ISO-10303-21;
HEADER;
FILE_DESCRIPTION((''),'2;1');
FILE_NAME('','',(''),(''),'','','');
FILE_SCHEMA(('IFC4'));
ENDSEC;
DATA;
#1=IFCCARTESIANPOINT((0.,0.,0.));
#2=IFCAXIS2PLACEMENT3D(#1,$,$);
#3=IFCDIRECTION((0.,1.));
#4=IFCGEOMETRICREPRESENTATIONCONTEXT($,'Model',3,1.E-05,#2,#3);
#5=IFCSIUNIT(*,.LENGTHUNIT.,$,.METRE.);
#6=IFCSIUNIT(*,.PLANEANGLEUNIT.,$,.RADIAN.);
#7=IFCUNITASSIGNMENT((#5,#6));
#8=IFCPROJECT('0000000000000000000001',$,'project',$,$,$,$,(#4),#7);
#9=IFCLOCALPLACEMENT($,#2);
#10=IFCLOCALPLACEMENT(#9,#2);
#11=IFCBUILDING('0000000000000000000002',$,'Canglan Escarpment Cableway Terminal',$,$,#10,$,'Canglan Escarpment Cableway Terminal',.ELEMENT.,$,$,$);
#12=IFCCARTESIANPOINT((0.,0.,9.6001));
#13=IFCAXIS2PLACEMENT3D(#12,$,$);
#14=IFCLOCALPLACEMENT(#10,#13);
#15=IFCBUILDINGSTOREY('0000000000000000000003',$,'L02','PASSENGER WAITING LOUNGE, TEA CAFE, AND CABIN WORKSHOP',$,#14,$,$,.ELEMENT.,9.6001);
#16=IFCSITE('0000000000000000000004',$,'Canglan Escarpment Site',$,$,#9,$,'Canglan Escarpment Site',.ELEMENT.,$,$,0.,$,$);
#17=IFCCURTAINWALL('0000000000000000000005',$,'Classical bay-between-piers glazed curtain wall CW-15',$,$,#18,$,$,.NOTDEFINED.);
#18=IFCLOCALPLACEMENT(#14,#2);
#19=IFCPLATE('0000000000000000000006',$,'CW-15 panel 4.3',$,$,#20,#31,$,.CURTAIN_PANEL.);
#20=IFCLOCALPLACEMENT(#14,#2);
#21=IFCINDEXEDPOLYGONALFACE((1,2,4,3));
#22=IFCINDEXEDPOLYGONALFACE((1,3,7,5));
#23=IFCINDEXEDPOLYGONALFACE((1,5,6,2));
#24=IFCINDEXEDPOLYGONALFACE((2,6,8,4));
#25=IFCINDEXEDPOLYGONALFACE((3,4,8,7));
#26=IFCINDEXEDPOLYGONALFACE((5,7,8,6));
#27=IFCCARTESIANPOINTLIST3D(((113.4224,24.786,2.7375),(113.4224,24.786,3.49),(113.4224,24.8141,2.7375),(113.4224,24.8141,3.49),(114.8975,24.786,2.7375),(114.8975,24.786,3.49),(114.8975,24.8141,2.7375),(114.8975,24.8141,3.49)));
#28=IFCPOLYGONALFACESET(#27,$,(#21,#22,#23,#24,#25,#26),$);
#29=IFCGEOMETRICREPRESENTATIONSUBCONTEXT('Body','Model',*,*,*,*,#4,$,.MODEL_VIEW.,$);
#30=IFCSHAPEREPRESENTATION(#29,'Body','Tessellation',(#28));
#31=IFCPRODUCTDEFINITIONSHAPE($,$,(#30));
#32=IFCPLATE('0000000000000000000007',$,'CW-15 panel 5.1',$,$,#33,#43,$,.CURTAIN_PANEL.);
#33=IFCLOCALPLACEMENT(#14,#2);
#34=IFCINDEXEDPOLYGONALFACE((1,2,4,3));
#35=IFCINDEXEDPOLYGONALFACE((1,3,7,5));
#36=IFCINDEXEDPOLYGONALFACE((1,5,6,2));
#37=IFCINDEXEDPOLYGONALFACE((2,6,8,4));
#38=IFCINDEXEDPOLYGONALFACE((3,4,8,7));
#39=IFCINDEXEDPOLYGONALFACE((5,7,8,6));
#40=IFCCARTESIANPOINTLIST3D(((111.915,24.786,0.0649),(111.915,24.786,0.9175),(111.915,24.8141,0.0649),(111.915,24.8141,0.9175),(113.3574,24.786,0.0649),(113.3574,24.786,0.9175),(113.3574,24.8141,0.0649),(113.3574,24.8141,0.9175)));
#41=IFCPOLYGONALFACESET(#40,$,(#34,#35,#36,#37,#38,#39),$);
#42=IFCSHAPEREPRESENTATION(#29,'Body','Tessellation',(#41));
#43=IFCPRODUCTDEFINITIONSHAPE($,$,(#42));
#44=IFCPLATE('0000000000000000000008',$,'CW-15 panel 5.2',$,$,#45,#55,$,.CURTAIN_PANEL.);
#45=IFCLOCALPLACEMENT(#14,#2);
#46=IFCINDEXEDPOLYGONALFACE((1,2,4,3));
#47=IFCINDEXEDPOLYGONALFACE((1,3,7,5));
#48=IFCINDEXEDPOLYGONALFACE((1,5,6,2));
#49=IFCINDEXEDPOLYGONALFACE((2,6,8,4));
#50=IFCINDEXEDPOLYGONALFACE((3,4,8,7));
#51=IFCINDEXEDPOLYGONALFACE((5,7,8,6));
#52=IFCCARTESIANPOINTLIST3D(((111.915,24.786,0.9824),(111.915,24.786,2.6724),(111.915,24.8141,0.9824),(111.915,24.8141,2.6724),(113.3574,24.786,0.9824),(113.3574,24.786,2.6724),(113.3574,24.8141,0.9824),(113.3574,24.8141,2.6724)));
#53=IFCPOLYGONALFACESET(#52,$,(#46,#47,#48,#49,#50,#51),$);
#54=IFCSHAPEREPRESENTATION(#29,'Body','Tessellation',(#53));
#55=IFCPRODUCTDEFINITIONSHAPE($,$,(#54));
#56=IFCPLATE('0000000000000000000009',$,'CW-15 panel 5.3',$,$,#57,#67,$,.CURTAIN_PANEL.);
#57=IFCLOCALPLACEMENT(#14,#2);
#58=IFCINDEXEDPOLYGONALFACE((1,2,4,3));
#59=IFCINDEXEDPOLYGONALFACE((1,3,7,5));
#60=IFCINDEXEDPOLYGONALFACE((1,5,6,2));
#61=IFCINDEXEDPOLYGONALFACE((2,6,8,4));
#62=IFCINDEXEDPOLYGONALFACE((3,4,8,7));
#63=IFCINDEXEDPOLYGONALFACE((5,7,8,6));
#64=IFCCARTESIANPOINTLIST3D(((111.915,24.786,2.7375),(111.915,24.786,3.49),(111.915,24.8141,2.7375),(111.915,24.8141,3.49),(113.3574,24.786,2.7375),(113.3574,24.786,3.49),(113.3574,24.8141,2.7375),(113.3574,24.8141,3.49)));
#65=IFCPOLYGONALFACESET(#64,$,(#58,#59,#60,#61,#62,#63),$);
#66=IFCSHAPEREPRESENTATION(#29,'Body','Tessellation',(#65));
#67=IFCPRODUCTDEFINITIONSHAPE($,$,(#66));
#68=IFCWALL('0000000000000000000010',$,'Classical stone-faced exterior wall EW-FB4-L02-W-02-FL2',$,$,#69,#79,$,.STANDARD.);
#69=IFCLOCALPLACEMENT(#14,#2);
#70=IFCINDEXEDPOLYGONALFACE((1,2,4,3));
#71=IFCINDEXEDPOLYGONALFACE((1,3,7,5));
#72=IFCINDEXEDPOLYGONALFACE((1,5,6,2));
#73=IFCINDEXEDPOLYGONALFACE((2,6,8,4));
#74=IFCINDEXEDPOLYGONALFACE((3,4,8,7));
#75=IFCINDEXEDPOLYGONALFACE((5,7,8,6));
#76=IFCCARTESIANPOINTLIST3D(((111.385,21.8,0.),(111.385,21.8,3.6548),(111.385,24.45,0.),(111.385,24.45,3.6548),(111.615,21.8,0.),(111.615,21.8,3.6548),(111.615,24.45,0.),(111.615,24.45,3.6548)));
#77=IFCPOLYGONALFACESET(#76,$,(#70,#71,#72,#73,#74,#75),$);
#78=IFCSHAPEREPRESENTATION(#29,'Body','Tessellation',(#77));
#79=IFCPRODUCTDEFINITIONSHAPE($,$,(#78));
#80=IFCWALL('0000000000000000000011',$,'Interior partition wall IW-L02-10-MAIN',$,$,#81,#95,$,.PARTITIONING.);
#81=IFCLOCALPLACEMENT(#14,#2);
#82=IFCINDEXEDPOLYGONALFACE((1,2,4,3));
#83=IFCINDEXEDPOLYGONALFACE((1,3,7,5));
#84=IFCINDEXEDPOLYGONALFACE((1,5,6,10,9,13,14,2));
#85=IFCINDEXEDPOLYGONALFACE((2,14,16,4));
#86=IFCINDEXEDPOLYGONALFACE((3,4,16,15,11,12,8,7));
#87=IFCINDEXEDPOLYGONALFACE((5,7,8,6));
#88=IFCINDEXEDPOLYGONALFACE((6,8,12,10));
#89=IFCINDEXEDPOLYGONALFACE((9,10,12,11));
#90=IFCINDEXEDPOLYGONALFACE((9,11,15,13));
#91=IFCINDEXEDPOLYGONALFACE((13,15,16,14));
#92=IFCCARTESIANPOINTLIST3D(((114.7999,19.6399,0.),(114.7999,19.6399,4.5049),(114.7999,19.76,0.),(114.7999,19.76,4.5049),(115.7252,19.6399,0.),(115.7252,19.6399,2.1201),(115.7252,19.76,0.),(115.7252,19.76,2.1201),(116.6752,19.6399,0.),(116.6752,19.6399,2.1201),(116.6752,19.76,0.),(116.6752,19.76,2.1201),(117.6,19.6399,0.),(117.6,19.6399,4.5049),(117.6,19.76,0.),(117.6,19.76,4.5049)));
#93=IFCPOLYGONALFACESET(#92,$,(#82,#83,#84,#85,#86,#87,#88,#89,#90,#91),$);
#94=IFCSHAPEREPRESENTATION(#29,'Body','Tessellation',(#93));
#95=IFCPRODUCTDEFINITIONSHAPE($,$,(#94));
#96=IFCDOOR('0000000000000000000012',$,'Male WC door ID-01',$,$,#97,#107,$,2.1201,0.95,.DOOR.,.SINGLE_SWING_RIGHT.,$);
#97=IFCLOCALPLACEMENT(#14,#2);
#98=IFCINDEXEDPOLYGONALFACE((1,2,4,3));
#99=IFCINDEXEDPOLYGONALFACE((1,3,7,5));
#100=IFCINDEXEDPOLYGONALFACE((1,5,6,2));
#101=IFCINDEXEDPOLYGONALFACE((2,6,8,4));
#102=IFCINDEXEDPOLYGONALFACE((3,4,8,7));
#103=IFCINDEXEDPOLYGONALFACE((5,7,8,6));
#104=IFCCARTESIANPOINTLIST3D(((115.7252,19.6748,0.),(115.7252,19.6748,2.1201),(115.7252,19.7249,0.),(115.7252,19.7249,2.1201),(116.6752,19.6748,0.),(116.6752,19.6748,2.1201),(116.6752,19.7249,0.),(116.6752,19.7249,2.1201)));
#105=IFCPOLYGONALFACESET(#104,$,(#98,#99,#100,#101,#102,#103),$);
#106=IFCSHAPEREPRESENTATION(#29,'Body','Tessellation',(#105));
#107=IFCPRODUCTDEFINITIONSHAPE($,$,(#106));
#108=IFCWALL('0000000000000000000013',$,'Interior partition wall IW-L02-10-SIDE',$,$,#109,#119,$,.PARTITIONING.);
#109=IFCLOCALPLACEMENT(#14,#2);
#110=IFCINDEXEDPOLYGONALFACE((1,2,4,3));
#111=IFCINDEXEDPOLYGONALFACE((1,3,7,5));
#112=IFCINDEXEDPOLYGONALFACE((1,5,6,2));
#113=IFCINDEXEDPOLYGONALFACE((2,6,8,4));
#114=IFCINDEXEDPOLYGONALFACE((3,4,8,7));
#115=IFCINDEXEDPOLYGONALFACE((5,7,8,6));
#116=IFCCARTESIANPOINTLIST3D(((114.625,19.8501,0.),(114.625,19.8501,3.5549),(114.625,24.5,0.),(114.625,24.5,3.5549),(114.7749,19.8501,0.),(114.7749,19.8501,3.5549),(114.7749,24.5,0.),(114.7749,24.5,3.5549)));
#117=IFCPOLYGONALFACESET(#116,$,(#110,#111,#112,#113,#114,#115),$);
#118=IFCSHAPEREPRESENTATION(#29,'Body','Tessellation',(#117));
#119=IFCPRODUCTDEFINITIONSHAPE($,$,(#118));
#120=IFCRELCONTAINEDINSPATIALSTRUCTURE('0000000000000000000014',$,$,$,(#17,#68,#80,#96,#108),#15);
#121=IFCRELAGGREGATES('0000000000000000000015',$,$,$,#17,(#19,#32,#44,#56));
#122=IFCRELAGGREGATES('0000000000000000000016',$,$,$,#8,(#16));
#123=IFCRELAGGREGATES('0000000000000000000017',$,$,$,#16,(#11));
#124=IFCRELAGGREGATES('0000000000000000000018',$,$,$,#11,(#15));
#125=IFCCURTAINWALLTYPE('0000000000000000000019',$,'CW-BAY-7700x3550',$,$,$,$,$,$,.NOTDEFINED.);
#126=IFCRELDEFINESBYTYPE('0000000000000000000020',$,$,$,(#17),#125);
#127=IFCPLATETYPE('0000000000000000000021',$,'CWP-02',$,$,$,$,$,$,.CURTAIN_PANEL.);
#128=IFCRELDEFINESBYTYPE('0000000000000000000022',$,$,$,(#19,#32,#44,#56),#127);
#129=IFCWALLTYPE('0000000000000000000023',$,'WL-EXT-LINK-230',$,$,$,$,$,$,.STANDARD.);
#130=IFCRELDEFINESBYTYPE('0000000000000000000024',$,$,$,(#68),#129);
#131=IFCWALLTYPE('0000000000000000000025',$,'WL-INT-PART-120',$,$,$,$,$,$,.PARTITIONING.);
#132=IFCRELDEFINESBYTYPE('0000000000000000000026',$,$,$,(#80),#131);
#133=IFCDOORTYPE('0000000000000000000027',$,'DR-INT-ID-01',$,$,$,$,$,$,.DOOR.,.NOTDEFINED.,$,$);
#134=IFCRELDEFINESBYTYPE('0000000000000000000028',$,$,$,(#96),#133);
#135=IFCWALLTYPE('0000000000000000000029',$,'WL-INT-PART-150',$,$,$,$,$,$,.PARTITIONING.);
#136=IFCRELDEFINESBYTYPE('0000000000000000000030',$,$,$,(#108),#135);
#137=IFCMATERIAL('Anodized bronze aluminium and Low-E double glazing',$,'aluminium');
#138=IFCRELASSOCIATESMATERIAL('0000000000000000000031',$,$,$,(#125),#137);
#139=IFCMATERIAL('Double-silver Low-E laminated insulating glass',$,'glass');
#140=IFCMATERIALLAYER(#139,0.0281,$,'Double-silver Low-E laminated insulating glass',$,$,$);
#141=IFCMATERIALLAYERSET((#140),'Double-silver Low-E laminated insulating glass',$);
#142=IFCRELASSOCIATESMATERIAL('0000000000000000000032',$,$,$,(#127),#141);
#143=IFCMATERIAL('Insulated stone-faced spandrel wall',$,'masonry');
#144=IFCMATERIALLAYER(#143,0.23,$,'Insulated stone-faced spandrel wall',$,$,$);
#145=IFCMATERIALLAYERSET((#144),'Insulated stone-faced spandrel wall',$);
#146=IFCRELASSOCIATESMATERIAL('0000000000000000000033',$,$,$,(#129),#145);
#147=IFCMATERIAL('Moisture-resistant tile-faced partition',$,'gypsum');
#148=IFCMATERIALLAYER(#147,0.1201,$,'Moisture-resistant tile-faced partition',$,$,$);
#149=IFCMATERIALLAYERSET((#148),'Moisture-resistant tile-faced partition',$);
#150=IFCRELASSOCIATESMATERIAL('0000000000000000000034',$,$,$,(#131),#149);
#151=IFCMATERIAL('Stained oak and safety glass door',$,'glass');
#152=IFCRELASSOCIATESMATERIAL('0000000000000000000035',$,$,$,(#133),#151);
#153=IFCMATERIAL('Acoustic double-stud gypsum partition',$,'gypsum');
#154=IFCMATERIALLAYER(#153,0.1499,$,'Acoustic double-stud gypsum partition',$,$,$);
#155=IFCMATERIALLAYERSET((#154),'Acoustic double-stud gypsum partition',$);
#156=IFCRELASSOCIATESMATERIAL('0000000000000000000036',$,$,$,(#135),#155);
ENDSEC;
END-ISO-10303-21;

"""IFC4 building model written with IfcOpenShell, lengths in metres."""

from ifc_helpers import new_model, si_unit, direction, frame, frame_2d, origin, origin_2d, place, context, subcontext, project, spatial, rectangle, extrude, material, layer, layer_set, type_object, element, fill, aggregate, save


model = new_model("IFC4")

# Units and contexts
model_context = context("Model", 3, precision=1e-05, world=origin(), true_north=direction((0.0, 1.0)))
body_context = subcontext(model_context, "Body", "Model", "MODEL_VIEW")
ifc_project = project(units=[si_unit("LENGTHUNIT", "METRE"), si_unit("PLANEANGLEUNIT", "RADIAN")], contexts=[model_context])

# Site, building, storey
site_placement = place(None, origin())
site = spatial("IfcSite", under=ifc_project, at=site_placement, Name="Canglan Escarpment Site", LongName="Canglan Escarpment Site", CompositionType="ELEMENT", RefElevation=0.0)
building_placement = place(site_placement, origin())
building = spatial("IfcBuilding", under=site, at=building_placement, Name="Canglan Escarpment Cableway Terminal", LongName="Canglan Escarpment Cableway Terminal", CompositionType="ELEMENT")
storey_placement = place(building_placement, frame((0.0, 0.0, 9.6001)))
storey = spatial("IfcBuildingStorey", under=building, at=storey_placement, Name="L02", Description="PASSENGER WAITING LOUNGE, TEA CAFE, AND CABIN WORKSHOP", CompositionType="ELEMENT", Elevation=9.6001)

# Curtain wall
ifc_material_1 = material(Name="Anodized bronze aluminium and Low-E double glazing", Category="aluminium")
curtain_wall_type = type_object("IfcCurtainWallType", Name="CW-BAY-7700x3550", PredefinedType="NOTDEFINED", material=ifc_material_1)
curtain_wall_placement = place(storey_placement, origin())
curtain_wall = element("IfcCurtainWall", 1, at=curtain_wall_placement, inside=storey, type_object=curtain_wall_type, Name="Classical bay-between-piers glazed curtain wall CW-15", PredefinedType="NOTDEFINED")

# Plates
ifc_material_2 = material(Name="Double-silver Low-E laminated insulating glass", Category="glass")
ifc_layer_1 = layer(ifc_material_2, 0.0281, Name="Double-silver Low-E laminated insulating glass")
ifc_layer_set_1 = layer_set([ifc_layer_1], Name="Double-silver Low-E laminated insulating glass")
plate_type = type_object("IfcPlateType", Name="CWP-02", PredefinedType="CURTAIN_PANEL", material=ifc_layer_set_1)
plate_1_placement = place(storey_placement, frame((114.1599, 24.8, 2.7375), z_axis=(0.0, 0.0, 1.0), x_axis=(-1.0, 0.0, 0.0)))
plate_1 = element("IfcPlate", 2, at=plate_1_placement, type_object=plate_type, Name="CW-15 panel 4.3", PredefinedType="CURTAIN_PANEL", context=body_context, shape_type="SweptSolid", body=[
    extrude(rectangle(XDim=1.4751, YDim=0.0281, at=origin_2d()), origin(), (0.0, 0.0, 1.0), 0.7524),
])
plate_2_placement = place(storey_placement, frame((112.6362, 24.8, 0.0649), z_axis=(0.0, 0.0, 1.0), x_axis=(-1.0, 0.0, 0.0)))
plate_2 = element("IfcPlate", 3, at=plate_2_placement, type_object=plate_type, Name="CW-15 panel 5.1", PredefinedType="CURTAIN_PANEL", context=body_context, shape_type="SweptSolid", body=[
    extrude(rectangle(XDim=1.4424, YDim=0.0281, at=origin_2d()), origin(), (0.0, 0.0, 1.0), 0.8525),
])
plate_3_placement = place(storey_placement, frame((112.6362, 24.8, 0.9824), z_axis=(0.0, 0.0, 1.0), x_axis=(-1.0, 0.0, 0.0)))
plate_3 = element("IfcPlate", 4, at=plate_3_placement, type_object=plate_type, Name="CW-15 panel 5.2", PredefinedType="CURTAIN_PANEL", context=body_context, shape_type="SweptSolid", body=[
    extrude(rectangle(XDim=1.4424, YDim=0.0281, at=origin_2d()), origin(), (0.0, 0.0, 1.0), 1.6899),
])
plate_4_placement = place(storey_placement, frame((112.6362, 24.8, 2.7375), z_axis=(0.0, 0.0, 1.0), x_axis=(-1.0, 0.0, 0.0)))
plate_4 = element("IfcPlate", 5, at=plate_4_placement, type_object=plate_type, Name="CW-15 panel 5.3", PredefinedType="CURTAIN_PANEL", context=body_context, shape_type="SweptSolid", body=[
    extrude(rectangle(XDim=1.4424, YDim=0.0281, at=origin_2d()), origin(), (0.0, 0.0, 1.0), 0.7524),
])
aggregate(curtain_wall, [plate_1, plate_2, plate_3, plate_4])

# Wall
ifc_material_3 = material(Name="Insulated stone-faced spandrel wall", Category="masonry")
ifc_layer_2 = layer(ifc_material_3, 0.23, Name="Insulated stone-faced spandrel wall")
ifc_layer_set_2 = layer_set([ifc_layer_2], Name="Insulated stone-faced spandrel wall")
wall_type_1 = type_object("IfcWallType", Name="WL-EXT-LINK-230", PredefinedType="STANDARD", material=ifc_layer_set_2)
wall_1_placement = place(storey_placement, frame((111.5, 21.8, 0.0), z_axis=(0.0, 0.0, 1.0), x_axis=(0.0, 1.0, 0.0)))
element("IfcWall", 6, at=wall_1_placement, inside=storey, type_object=wall_type_1, Name="Classical stone-faced exterior wall EW-FB4-L02-W-02-FL2", PredefinedType="STANDARD", context=body_context, shape_type="SweptSolid", body=[
    extrude(rectangle(XDim=2.6499, YDim=0.23, at=frame_2d((1.325, 0.0))), origin(), (0.0, 0.0, 1.0), 3.6548),
])

# Wall, opening, door
ifc_material_4 = material(Name="Moisture-resistant tile-faced partition", Category="gypsum")
ifc_layer_3 = layer(ifc_material_4, 0.1201, Name="Moisture-resistant tile-faced partition")
ifc_layer_set_3 = layer_set([ifc_layer_3], Name="Moisture-resistant tile-faced partition")
wall_type_2 = type_object("IfcWallType", Name="WL-INT-PART-120", PredefinedType="PARTITIONING", material=ifc_layer_set_3)
wall_2_placement = place(storey_placement, frame((114.8, 19.7, 0.0), z_axis=(0.0, 0.0, 1.0), x_axis=(1.0, 0.0, 0.0)))
wall_2 = element("IfcWall", 7, at=wall_2_placement, inside=storey, type_object=wall_type_2, Name="Interior partition wall IW-L02-10-MAIN", PredefinedType="PARTITIONING", context=body_context, shape_type="SweptSolid", body=[
    extrude(rectangle(XDim=2.8, YDim=0.1201, at=frame_2d((1.3999, 0.0))), origin(), (0.0, 0.0, 1.0), 4.5049),
])
opening_placement = place(wall_2_placement, frame((0.925, 0.0, 0.0)))
opening = element("IfcOpeningElement", 8, at=opening_placement, cuts=wall_2, PredefinedType="OPENING", context=body_context, shape_type="SweptSolid", body=[
    extrude(rectangle(XDim=0.95, YDim=2.1201, at=frame_2d((0.4751, 1.0601))), frame((0.0, 0.0701, 0.0), z_axis=(0.0, -1.0, 0.0), x_axis=(1.0, 0.0, 0.0)), (0.0, 0.0, 1.0), 0.1401),
])
ifc_material_5 = material(Name="Stained oak and safety glass door", Category="glass")
door_type = type_object("IfcDoorType", Name="DR-INT-ID-01", OperationType="NOTDEFINED", PredefinedType="DOOR", material=ifc_material_5)
door_placement = place(opening_placement, origin())
door = element("IfcDoor", 9, at=door_placement, inside=storey, type_object=door_type, Name="Male WC door ID-01", OperationType="SINGLE_SWING_RIGHT", OverallHeight=2.1201, OverallWidth=0.95, PredefinedType="DOOR", context=body_context, shape_type="SweptSolid", body=[
    extrude(rectangle(XDim=0.95, YDim=2.1201, at=frame_2d((0.4751, 1.0601))), frame((0.0, 0.0249, 0.0), z_axis=(0.0, -1.0, 0.0), x_axis=(1.0, 0.0, 0.0)), (0.0, 0.0, 1.0), 0.05),
])
fill(opening, door)

# Wall
ifc_material_6 = material(Name="Acoustic double-stud gypsum partition", Category="gypsum")
ifc_layer_4 = layer(ifc_material_6, 0.1499, Name="Acoustic double-stud gypsum partition")
ifc_layer_set_4 = layer_set([ifc_layer_4], Name="Acoustic double-stud gypsum partition")
wall_type_3 = type_object("IfcWallType", Name="WL-INT-PART-150", PredefinedType="PARTITIONING", material=ifc_layer_set_4)
wall_3_placement = place(storey_placement, frame((114.7, 19.8501, 0.0), z_axis=(0.0, 0.0, 1.0), x_axis=(0.0, 1.0, 0.0)))
element("IfcWall", 10, at=wall_3_placement, inside=storey, type_object=wall_type_3, Name="Interior partition wall IW-L02-10-SIDE", PredefinedType="PARTITIONING", context=body_context, shape_type="SweptSolid", body=[
    extrude(rectangle(XDim=4.6499, YDim=0.1499, at=frame_2d((2.325, 0.0))), origin(), (0.0, 0.0, 1.0), 3.5549),
])

save(model, "model.ifc")
